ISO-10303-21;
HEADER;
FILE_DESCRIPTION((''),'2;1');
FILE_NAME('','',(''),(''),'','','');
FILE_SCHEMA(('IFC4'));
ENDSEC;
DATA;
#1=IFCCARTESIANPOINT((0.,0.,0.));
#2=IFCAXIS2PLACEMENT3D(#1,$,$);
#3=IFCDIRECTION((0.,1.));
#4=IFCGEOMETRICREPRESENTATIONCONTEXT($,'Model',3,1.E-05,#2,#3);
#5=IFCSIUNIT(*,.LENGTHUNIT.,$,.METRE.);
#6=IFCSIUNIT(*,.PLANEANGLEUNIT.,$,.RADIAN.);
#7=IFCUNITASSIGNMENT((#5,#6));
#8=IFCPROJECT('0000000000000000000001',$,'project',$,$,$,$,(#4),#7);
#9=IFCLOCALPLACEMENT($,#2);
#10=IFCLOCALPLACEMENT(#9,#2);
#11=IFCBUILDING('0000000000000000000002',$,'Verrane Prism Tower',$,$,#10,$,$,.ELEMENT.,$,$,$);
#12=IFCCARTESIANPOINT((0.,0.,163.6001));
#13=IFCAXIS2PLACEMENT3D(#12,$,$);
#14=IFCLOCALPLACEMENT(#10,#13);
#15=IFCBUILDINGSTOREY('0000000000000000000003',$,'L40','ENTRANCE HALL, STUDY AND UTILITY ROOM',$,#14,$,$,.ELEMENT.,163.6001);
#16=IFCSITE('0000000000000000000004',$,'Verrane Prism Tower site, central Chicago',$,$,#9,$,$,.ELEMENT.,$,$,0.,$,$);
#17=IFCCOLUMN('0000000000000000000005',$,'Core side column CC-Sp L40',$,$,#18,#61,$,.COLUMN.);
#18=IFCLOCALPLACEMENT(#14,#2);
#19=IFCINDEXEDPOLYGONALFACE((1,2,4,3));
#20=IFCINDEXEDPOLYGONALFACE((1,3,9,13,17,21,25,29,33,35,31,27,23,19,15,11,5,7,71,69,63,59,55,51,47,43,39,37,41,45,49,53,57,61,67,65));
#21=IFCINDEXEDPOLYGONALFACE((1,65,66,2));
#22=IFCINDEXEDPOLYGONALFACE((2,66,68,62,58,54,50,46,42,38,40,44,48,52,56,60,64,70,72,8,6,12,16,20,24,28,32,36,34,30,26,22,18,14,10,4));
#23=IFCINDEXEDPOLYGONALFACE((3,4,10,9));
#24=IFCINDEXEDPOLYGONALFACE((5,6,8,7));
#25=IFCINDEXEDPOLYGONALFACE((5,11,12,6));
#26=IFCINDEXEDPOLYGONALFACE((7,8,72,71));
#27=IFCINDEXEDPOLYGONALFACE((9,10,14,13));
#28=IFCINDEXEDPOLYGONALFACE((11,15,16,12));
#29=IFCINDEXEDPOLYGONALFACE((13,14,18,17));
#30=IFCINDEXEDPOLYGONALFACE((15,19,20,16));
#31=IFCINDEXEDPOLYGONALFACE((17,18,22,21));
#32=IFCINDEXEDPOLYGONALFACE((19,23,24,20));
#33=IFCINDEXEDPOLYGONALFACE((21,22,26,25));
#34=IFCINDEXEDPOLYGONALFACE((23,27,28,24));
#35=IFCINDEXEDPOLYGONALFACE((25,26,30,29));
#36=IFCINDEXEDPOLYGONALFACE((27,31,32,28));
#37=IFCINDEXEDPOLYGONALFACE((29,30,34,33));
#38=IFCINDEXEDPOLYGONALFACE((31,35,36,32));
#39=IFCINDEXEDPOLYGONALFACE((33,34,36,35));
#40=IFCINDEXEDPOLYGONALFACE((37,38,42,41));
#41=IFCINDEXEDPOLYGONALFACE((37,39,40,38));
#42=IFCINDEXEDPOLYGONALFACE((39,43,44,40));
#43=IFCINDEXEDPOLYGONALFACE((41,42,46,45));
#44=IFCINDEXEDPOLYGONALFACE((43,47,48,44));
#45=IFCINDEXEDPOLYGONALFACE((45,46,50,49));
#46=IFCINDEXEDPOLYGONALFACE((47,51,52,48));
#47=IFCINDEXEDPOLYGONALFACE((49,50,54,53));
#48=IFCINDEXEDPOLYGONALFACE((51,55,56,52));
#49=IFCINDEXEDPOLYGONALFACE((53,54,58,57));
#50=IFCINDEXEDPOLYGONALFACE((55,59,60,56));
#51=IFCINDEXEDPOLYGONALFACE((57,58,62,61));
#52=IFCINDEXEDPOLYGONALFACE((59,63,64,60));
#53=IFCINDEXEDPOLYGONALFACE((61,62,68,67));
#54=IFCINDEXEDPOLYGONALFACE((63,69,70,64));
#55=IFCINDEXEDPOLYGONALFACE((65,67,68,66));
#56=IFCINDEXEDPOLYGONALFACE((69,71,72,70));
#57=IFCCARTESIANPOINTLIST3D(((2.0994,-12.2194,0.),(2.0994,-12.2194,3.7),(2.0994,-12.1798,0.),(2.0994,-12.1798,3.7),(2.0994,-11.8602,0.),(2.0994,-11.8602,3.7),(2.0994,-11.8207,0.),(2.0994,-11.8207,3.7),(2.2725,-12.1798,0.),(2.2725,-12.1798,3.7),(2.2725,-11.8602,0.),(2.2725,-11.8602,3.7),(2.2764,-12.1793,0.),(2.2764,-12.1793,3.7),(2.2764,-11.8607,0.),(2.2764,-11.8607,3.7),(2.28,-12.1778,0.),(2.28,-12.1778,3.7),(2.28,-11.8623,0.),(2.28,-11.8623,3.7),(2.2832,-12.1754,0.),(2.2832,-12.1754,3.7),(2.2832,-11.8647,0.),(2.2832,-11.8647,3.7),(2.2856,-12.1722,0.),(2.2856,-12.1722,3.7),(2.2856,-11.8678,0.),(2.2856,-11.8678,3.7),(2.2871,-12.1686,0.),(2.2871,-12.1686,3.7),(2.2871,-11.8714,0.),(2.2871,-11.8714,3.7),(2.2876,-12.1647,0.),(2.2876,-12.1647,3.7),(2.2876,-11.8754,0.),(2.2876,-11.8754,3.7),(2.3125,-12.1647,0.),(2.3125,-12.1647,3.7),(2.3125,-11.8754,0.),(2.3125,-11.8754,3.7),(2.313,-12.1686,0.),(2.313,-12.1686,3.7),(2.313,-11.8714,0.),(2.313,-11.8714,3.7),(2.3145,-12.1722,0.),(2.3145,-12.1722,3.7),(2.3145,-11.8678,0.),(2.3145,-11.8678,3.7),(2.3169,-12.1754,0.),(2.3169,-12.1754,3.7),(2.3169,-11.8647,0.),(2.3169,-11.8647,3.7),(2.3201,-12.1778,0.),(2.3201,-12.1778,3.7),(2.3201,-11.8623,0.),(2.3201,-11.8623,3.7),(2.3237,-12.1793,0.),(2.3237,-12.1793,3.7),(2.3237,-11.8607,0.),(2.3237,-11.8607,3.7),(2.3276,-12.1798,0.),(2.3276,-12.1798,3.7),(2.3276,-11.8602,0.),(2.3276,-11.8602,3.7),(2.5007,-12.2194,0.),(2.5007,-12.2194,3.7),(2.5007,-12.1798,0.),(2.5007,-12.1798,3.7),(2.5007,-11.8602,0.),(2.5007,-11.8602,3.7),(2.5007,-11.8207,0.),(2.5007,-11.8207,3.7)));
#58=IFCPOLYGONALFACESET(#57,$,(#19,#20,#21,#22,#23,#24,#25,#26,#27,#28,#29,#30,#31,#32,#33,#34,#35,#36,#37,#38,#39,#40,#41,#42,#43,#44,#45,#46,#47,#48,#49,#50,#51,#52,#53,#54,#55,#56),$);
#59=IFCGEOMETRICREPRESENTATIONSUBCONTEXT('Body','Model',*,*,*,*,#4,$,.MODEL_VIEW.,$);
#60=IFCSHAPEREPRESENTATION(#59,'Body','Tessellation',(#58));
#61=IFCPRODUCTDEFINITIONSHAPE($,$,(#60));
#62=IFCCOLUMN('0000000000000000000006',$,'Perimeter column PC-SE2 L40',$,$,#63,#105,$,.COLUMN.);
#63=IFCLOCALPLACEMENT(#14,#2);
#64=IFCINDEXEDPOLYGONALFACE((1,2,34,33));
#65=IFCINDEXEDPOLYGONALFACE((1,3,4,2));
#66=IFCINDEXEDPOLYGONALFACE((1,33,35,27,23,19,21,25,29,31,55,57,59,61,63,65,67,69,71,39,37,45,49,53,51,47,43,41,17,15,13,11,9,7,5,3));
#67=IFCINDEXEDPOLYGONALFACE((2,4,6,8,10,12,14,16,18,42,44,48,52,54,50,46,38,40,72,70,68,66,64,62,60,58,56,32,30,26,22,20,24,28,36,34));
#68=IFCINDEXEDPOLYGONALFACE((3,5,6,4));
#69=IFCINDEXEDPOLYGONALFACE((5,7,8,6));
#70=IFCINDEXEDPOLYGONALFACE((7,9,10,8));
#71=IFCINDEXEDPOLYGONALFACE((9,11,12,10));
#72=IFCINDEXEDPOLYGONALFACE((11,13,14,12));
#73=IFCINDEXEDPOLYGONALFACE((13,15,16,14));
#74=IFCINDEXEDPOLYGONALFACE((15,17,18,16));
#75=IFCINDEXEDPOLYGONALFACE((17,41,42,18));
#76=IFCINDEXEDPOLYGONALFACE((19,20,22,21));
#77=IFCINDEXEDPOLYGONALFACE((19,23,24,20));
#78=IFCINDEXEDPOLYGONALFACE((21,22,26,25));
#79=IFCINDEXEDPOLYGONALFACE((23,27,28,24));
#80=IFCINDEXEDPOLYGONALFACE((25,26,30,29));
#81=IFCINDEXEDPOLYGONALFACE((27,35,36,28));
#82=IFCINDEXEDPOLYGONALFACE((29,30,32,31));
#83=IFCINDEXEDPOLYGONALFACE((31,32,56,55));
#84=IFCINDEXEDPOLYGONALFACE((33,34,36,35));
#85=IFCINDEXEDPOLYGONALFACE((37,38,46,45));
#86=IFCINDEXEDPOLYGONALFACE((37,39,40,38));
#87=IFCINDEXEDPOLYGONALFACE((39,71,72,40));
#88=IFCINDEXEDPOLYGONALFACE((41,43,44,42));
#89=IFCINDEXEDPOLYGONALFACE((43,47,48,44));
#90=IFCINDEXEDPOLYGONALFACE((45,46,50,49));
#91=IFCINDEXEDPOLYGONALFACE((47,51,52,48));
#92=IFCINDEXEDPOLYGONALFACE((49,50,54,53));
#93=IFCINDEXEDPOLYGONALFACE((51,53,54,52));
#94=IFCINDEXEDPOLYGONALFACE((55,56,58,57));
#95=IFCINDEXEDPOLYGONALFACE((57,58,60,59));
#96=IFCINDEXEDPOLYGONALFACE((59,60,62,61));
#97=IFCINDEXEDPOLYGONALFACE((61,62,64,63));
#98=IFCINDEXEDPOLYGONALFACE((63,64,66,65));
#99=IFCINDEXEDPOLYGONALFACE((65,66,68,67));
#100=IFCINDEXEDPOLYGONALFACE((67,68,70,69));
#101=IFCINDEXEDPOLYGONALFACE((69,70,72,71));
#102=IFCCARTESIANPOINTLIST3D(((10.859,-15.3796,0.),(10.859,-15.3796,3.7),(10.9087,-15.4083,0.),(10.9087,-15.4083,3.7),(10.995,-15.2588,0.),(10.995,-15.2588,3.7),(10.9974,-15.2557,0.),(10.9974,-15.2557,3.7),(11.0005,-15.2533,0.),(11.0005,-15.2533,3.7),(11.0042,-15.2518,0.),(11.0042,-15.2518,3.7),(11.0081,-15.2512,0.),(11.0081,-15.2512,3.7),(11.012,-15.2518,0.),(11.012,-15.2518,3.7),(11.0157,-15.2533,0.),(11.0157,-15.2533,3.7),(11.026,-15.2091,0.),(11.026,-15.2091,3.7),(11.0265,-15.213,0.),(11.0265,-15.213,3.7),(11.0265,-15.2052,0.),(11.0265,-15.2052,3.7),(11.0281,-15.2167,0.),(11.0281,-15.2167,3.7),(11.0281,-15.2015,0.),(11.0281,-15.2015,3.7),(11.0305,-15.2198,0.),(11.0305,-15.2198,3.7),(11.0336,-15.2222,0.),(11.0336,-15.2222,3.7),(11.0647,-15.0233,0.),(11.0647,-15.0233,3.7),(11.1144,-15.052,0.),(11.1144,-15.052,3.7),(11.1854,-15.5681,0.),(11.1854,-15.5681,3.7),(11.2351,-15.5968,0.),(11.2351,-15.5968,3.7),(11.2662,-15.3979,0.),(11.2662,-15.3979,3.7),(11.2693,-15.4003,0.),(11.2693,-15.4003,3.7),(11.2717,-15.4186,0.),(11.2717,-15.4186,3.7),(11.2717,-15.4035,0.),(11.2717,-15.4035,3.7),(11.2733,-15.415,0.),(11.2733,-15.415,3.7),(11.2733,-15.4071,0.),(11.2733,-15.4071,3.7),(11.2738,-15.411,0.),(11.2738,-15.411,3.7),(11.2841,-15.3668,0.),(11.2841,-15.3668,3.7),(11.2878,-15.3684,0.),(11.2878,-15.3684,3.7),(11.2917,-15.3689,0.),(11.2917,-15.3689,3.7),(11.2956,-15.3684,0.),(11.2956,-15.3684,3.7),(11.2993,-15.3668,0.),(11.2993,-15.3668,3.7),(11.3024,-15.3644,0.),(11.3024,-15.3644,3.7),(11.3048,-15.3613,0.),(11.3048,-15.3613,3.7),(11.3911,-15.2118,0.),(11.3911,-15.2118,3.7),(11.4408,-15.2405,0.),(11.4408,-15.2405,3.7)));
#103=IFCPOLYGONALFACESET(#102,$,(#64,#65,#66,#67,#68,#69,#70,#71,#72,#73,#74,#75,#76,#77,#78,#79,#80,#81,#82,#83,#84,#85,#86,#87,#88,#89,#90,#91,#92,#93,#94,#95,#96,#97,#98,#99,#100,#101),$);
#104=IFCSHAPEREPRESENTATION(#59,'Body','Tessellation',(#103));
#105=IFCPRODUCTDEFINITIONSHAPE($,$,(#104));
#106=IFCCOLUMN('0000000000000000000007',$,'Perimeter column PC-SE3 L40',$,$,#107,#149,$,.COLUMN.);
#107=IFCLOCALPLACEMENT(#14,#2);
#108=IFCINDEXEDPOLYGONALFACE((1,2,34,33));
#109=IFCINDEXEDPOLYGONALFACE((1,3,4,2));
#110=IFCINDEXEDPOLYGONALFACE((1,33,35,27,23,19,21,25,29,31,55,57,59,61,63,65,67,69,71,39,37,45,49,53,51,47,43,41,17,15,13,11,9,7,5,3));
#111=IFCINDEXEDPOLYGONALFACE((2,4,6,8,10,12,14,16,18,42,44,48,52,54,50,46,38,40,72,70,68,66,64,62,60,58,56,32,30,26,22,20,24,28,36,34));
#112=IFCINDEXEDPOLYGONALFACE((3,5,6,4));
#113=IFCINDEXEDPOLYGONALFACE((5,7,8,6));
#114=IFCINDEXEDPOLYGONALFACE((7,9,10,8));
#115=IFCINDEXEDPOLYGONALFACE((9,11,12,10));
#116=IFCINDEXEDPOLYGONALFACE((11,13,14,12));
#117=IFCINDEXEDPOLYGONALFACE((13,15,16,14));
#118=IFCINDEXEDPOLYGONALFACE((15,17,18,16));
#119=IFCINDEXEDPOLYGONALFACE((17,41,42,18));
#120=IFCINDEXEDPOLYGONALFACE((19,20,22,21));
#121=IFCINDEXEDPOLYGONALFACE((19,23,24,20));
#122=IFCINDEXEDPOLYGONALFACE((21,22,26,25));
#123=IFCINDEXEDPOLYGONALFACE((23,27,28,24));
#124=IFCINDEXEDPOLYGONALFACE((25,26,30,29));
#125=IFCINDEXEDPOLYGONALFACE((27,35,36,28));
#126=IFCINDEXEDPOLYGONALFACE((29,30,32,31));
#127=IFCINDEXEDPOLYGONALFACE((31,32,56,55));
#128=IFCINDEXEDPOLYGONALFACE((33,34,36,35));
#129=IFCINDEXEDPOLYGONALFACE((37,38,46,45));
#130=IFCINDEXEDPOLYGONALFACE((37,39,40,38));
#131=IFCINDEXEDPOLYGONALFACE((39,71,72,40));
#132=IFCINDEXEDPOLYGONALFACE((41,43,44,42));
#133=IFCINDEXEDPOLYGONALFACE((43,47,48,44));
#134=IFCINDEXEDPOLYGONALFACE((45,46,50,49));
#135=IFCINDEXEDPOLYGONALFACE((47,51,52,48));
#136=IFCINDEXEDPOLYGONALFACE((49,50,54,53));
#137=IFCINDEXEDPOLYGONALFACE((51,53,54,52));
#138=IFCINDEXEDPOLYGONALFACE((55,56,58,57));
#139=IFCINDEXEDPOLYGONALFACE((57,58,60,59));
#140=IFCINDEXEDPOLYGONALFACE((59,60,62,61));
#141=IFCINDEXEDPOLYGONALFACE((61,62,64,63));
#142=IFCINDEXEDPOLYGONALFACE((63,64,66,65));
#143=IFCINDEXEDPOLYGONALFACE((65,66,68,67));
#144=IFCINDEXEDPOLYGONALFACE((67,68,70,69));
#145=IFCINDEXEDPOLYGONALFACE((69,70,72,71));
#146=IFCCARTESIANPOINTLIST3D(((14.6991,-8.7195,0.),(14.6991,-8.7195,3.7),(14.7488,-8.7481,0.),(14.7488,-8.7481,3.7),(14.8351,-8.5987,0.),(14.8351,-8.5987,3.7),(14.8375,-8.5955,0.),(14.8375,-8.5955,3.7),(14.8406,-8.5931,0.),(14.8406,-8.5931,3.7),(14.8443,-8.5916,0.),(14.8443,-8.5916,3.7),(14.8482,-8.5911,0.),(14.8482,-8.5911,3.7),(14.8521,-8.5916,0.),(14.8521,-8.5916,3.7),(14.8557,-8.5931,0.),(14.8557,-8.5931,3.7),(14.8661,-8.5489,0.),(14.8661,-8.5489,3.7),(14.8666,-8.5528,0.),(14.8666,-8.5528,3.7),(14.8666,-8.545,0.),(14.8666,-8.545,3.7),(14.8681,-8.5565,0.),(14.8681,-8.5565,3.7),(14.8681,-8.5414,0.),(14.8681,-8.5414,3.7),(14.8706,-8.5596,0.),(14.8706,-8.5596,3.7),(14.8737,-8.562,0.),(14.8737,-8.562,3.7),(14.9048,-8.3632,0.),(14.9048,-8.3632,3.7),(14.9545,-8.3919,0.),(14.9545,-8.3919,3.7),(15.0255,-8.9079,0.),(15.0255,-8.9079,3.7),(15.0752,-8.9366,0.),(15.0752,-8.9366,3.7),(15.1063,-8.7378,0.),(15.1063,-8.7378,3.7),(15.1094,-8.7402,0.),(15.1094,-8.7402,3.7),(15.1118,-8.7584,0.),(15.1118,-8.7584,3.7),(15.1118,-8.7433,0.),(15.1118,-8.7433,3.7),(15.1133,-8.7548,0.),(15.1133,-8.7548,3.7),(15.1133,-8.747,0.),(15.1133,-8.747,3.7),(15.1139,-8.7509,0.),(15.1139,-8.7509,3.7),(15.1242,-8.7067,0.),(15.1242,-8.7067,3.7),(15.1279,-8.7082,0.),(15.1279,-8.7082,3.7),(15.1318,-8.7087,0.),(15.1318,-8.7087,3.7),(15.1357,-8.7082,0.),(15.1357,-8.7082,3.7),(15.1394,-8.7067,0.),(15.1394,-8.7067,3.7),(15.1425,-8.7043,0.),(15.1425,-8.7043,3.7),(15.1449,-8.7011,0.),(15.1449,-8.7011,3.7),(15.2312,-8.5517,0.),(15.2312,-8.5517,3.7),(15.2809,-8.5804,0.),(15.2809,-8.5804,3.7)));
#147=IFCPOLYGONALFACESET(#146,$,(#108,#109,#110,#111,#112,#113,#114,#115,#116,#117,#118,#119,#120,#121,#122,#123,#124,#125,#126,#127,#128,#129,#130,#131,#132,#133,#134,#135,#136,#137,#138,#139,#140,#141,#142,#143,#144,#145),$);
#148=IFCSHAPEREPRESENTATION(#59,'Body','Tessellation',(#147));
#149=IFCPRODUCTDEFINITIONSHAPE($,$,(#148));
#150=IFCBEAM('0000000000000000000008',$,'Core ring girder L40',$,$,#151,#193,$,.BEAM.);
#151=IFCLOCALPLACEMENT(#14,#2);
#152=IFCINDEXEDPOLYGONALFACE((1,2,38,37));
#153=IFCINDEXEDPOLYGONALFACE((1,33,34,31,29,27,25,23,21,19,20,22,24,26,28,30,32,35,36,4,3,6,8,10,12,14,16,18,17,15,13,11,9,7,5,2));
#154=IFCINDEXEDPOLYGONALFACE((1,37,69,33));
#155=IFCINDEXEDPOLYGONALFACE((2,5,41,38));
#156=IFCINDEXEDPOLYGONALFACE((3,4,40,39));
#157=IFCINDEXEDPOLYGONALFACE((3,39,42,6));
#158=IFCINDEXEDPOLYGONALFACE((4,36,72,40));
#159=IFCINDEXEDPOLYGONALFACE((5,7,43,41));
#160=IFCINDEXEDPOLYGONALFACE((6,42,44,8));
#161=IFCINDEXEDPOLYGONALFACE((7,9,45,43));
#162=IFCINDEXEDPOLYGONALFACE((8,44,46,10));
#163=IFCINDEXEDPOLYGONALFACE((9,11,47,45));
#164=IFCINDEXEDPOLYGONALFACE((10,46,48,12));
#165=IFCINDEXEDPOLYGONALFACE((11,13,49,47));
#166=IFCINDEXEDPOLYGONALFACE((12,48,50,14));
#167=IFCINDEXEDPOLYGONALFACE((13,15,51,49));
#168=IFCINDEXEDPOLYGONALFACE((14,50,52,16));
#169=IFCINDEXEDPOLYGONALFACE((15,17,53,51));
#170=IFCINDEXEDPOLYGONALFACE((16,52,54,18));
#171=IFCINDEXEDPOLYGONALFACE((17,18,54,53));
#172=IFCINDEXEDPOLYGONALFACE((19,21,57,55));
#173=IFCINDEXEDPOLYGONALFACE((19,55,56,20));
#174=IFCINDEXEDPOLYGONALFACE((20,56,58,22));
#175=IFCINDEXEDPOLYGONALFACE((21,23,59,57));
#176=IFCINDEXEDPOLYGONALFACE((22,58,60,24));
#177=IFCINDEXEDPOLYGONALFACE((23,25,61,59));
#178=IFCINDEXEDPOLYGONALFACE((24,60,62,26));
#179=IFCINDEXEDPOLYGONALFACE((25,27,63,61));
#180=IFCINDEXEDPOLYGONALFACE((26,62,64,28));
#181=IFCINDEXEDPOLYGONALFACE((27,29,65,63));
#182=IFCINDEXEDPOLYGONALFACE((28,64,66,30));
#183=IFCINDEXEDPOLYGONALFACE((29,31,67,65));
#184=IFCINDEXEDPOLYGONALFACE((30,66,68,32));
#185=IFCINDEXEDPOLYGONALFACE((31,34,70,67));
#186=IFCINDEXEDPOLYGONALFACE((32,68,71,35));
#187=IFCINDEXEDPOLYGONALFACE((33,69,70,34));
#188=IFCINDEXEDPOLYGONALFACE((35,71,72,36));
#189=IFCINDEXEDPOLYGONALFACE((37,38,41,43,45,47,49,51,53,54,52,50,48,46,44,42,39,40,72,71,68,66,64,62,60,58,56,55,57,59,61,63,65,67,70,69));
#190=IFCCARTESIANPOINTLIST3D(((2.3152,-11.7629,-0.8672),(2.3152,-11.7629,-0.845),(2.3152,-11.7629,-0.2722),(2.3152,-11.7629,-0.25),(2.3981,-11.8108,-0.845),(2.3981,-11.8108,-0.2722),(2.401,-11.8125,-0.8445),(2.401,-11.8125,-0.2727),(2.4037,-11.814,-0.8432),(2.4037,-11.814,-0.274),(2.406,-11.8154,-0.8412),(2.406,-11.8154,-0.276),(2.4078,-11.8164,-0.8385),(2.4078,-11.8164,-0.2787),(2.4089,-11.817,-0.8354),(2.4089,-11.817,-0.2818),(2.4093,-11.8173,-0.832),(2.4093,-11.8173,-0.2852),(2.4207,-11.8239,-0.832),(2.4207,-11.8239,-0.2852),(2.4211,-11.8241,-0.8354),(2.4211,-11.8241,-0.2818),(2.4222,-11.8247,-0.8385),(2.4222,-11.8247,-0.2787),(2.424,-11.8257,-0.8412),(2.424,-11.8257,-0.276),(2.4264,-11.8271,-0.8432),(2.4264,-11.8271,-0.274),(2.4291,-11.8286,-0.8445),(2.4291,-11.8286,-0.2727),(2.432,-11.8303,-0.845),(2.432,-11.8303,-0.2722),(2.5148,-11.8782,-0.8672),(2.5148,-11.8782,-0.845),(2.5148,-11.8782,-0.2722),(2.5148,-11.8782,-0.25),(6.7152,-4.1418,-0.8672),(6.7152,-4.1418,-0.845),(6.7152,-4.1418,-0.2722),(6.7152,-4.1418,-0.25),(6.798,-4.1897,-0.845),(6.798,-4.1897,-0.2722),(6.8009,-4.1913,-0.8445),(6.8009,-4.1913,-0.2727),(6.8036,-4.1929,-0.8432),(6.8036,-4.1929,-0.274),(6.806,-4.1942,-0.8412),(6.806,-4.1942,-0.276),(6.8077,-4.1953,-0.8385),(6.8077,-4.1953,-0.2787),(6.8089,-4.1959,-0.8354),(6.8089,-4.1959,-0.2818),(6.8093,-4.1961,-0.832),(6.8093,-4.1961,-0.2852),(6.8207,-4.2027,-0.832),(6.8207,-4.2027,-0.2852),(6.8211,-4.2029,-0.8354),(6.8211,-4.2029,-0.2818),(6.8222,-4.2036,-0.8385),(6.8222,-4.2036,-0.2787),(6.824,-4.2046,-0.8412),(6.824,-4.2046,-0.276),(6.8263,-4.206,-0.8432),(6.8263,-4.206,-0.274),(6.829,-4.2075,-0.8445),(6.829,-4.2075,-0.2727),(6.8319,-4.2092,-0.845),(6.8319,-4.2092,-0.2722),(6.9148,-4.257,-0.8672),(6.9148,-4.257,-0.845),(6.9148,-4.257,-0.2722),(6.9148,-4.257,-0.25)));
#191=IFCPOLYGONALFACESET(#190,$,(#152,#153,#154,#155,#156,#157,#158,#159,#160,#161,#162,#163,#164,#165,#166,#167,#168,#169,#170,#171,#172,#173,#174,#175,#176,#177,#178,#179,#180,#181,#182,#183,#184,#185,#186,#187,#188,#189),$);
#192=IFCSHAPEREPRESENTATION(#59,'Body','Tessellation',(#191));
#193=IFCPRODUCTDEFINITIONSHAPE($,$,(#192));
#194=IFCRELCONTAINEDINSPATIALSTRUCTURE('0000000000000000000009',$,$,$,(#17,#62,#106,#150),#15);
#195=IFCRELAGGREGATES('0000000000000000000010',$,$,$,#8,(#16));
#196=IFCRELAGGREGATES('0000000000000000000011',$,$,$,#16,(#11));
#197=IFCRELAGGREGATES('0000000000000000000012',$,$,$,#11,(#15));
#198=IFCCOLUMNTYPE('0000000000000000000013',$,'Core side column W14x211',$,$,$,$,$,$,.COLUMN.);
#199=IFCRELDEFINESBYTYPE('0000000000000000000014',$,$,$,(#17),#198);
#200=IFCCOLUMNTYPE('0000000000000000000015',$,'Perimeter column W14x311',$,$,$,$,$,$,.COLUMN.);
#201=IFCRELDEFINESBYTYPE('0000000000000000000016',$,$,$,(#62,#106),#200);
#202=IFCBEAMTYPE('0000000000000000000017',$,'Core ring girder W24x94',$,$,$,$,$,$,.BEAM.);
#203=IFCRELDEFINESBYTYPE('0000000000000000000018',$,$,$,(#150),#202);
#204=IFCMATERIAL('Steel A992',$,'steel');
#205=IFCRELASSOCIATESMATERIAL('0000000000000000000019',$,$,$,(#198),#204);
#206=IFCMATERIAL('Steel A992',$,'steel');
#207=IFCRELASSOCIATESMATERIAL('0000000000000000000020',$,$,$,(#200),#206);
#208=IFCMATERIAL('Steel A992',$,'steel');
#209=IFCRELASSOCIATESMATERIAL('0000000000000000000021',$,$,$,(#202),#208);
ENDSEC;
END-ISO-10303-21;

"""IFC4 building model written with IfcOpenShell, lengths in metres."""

from ifc_helpers import new_model, si_unit, direction, frame, origin, origin_2d, place, context, subcontext, project, spatial, i_section, extrude, material, material_profile, profile_set, type_object, element, save


model = new_model("IFC4")

# Units and contexts
model_context = context("Model", 3, precision=1e-05, world=origin(), true_north=direction((0.0, 1.0)))
body_context = subcontext(model_context, "Body", "Model", "MODEL_VIEW")
ifc_project = project(units=[si_unit("LENGTHUNIT", "METRE"), si_unit("PLANEANGLEUNIT", "RADIAN")], contexts=[model_context])

# Site, building, storey
site_placement = place(None, origin())
site = spatial("IfcSite", under=ifc_project, at=site_placement, Name="Verrane Prism Tower site, central Chicago", CompositionType="ELEMENT", RefElevation=0.0)
building_placement = place(site_placement, origin())
building = spatial("IfcBuilding", under=site, at=building_placement, Name="Verrane Prism Tower", CompositionType="ELEMENT")
storey_placement = place(building_placement, frame((0.0, 0.0, 163.6001)))
storey = spatial("IfcBuildingStorey", under=building, at=storey_placement, Name="L40", Description="ENTRANCE HALL, STUDY AND UTILITY ROOM", CompositionType="ELEMENT", Elevation=163.6001)

# Columns
ifc_material_1 = material(Name="Steel A992", Category="steel")
ifc_material_profile_1 = material_profile(ifc_material_1, i_section(OverallWidth=0.4014, OverallDepth=0.3987, WebThickness=0.0249, FlangeThickness=0.0396, FilletRadius=0.0151, at=origin_2d()), Name="W14x211")
ifc_profile_set_1 = profile_set([ifc_material_profile_1], Name="Steel A992")
column_type_1 = type_object("IfcColumnType", Name="Core side column W14x211", PredefinedType="COLUMN", material=ifc_profile_set_1)
column_placement = place(storey_placement, frame((2.3, -12.02, 0.0), z_axis=(0.0, 0.0, 1.0), x_axis=(1.0, 0.0, 0.0)))
element("IfcColumn", 1, at=column_placement, inside=storey, type_object=column_type_1, Name="Core side column CC-Sp L40", PredefinedType="COLUMN", context=body_context, shape_type="SweptSolid", body=[
    extrude(i_section(OverallWidth=0.4014, OverallDepth=0.3987, WebThickness=0.0249, FlangeThickness=0.0396, FilletRadius=0.0151, at=origin_2d()), origin(), (0.0, 0.0, 1.0), 3.7),
])
ifc_material_2 = material(Name="Steel A992", Category="steel")
ifc_material_profile_2 = material_profile(ifc_material_2, i_section(OverallWidth=0.4114, OverallDepth=0.4343, WebThickness=0.0359, FlangeThickness=0.0574, FilletRadius=0.0151, at=origin_2d()), Name="W14x311")
ifc_profile_set_2 = profile_set([ifc_material_profile_2], Name="Steel A992")
column_type_2 = type_object("IfcColumnType", Name="Perimeter column W14x311", PredefinedType="COLUMN", material=ifc_profile_set_2)
for number, where, z_axis, x_axis, name in (
    (2, (11.1499, -15.3101, 0.0), (0.0, 0.0, 1.0), (-0.5, -0.866025, 0.0), "Perimeter column PC-SE2 L40"),
    (3, (14.99, -8.6499, 0.0), (0.0, 0.0, 1.0), (-0.5, -0.866025, 0.0), "Perimeter column PC-SE3 L40"),
):
    element("IfcColumn", number, at=place(storey_placement, frame(where, z_axis=z_axis, x_axis=x_axis)), inside=storey, type_object=column_type_2, Name=name, PredefinedType="COLUMN", context=body_context, shape_type="SweptSolid", body=[
        extrude(i_section(OverallWidth=0.4114, OverallDepth=0.4343, WebThickness=0.0359, FlangeThickness=0.0574, FilletRadius=0.0151, at=origin_2d()), origin(), (0.0, 0.0, 1.0), 3.7),
    ])

# Beam
ifc_material_3 = material(Name="Steel A992", Category="steel")
ifc_material_profile_3 = material_profile(ifc_material_3, i_section(OverallWidth=0.2305, OverallDepth=0.6172, WebThickness=0.0132, FlangeThickness=0.0222, FilletRadius=0.0129, at=origin_2d()), Name="W24x94")
ifc_profile_set_3 = profile_set([ifc_material_profile_3], Name="Steel A992")
beam_type_1 = type_object("IfcBeamType", Name="Core ring girder W24x94", PredefinedType="BEAM", material=ifc_profile_set_3)
beam_1_placement = place(storey_placement, frame((2.415, -11.8206, -0.5586), z_axis=(0.499988, 0.866032, 0.0), x_axis=(-0.866032, 0.499988, 0.0)))
element("IfcBeam", 4, at=beam_1_placement, inside=storey, type_object=beam_type_1, Name="Core ring girder L40", PredefinedType="BEAM", context=body_context, shape_type="SweptSolid", body=[
    extrude(i_section(OverallWidth=0.2305, OverallDepth=0.6172, WebThickness=0.0132, FlangeThickness=0.0222, FilletRadius=0.0129, at=origin_2d()), origin(), (0.0, 0.0, 1.0), 8.8),
])

save(model, "model.ifc")
